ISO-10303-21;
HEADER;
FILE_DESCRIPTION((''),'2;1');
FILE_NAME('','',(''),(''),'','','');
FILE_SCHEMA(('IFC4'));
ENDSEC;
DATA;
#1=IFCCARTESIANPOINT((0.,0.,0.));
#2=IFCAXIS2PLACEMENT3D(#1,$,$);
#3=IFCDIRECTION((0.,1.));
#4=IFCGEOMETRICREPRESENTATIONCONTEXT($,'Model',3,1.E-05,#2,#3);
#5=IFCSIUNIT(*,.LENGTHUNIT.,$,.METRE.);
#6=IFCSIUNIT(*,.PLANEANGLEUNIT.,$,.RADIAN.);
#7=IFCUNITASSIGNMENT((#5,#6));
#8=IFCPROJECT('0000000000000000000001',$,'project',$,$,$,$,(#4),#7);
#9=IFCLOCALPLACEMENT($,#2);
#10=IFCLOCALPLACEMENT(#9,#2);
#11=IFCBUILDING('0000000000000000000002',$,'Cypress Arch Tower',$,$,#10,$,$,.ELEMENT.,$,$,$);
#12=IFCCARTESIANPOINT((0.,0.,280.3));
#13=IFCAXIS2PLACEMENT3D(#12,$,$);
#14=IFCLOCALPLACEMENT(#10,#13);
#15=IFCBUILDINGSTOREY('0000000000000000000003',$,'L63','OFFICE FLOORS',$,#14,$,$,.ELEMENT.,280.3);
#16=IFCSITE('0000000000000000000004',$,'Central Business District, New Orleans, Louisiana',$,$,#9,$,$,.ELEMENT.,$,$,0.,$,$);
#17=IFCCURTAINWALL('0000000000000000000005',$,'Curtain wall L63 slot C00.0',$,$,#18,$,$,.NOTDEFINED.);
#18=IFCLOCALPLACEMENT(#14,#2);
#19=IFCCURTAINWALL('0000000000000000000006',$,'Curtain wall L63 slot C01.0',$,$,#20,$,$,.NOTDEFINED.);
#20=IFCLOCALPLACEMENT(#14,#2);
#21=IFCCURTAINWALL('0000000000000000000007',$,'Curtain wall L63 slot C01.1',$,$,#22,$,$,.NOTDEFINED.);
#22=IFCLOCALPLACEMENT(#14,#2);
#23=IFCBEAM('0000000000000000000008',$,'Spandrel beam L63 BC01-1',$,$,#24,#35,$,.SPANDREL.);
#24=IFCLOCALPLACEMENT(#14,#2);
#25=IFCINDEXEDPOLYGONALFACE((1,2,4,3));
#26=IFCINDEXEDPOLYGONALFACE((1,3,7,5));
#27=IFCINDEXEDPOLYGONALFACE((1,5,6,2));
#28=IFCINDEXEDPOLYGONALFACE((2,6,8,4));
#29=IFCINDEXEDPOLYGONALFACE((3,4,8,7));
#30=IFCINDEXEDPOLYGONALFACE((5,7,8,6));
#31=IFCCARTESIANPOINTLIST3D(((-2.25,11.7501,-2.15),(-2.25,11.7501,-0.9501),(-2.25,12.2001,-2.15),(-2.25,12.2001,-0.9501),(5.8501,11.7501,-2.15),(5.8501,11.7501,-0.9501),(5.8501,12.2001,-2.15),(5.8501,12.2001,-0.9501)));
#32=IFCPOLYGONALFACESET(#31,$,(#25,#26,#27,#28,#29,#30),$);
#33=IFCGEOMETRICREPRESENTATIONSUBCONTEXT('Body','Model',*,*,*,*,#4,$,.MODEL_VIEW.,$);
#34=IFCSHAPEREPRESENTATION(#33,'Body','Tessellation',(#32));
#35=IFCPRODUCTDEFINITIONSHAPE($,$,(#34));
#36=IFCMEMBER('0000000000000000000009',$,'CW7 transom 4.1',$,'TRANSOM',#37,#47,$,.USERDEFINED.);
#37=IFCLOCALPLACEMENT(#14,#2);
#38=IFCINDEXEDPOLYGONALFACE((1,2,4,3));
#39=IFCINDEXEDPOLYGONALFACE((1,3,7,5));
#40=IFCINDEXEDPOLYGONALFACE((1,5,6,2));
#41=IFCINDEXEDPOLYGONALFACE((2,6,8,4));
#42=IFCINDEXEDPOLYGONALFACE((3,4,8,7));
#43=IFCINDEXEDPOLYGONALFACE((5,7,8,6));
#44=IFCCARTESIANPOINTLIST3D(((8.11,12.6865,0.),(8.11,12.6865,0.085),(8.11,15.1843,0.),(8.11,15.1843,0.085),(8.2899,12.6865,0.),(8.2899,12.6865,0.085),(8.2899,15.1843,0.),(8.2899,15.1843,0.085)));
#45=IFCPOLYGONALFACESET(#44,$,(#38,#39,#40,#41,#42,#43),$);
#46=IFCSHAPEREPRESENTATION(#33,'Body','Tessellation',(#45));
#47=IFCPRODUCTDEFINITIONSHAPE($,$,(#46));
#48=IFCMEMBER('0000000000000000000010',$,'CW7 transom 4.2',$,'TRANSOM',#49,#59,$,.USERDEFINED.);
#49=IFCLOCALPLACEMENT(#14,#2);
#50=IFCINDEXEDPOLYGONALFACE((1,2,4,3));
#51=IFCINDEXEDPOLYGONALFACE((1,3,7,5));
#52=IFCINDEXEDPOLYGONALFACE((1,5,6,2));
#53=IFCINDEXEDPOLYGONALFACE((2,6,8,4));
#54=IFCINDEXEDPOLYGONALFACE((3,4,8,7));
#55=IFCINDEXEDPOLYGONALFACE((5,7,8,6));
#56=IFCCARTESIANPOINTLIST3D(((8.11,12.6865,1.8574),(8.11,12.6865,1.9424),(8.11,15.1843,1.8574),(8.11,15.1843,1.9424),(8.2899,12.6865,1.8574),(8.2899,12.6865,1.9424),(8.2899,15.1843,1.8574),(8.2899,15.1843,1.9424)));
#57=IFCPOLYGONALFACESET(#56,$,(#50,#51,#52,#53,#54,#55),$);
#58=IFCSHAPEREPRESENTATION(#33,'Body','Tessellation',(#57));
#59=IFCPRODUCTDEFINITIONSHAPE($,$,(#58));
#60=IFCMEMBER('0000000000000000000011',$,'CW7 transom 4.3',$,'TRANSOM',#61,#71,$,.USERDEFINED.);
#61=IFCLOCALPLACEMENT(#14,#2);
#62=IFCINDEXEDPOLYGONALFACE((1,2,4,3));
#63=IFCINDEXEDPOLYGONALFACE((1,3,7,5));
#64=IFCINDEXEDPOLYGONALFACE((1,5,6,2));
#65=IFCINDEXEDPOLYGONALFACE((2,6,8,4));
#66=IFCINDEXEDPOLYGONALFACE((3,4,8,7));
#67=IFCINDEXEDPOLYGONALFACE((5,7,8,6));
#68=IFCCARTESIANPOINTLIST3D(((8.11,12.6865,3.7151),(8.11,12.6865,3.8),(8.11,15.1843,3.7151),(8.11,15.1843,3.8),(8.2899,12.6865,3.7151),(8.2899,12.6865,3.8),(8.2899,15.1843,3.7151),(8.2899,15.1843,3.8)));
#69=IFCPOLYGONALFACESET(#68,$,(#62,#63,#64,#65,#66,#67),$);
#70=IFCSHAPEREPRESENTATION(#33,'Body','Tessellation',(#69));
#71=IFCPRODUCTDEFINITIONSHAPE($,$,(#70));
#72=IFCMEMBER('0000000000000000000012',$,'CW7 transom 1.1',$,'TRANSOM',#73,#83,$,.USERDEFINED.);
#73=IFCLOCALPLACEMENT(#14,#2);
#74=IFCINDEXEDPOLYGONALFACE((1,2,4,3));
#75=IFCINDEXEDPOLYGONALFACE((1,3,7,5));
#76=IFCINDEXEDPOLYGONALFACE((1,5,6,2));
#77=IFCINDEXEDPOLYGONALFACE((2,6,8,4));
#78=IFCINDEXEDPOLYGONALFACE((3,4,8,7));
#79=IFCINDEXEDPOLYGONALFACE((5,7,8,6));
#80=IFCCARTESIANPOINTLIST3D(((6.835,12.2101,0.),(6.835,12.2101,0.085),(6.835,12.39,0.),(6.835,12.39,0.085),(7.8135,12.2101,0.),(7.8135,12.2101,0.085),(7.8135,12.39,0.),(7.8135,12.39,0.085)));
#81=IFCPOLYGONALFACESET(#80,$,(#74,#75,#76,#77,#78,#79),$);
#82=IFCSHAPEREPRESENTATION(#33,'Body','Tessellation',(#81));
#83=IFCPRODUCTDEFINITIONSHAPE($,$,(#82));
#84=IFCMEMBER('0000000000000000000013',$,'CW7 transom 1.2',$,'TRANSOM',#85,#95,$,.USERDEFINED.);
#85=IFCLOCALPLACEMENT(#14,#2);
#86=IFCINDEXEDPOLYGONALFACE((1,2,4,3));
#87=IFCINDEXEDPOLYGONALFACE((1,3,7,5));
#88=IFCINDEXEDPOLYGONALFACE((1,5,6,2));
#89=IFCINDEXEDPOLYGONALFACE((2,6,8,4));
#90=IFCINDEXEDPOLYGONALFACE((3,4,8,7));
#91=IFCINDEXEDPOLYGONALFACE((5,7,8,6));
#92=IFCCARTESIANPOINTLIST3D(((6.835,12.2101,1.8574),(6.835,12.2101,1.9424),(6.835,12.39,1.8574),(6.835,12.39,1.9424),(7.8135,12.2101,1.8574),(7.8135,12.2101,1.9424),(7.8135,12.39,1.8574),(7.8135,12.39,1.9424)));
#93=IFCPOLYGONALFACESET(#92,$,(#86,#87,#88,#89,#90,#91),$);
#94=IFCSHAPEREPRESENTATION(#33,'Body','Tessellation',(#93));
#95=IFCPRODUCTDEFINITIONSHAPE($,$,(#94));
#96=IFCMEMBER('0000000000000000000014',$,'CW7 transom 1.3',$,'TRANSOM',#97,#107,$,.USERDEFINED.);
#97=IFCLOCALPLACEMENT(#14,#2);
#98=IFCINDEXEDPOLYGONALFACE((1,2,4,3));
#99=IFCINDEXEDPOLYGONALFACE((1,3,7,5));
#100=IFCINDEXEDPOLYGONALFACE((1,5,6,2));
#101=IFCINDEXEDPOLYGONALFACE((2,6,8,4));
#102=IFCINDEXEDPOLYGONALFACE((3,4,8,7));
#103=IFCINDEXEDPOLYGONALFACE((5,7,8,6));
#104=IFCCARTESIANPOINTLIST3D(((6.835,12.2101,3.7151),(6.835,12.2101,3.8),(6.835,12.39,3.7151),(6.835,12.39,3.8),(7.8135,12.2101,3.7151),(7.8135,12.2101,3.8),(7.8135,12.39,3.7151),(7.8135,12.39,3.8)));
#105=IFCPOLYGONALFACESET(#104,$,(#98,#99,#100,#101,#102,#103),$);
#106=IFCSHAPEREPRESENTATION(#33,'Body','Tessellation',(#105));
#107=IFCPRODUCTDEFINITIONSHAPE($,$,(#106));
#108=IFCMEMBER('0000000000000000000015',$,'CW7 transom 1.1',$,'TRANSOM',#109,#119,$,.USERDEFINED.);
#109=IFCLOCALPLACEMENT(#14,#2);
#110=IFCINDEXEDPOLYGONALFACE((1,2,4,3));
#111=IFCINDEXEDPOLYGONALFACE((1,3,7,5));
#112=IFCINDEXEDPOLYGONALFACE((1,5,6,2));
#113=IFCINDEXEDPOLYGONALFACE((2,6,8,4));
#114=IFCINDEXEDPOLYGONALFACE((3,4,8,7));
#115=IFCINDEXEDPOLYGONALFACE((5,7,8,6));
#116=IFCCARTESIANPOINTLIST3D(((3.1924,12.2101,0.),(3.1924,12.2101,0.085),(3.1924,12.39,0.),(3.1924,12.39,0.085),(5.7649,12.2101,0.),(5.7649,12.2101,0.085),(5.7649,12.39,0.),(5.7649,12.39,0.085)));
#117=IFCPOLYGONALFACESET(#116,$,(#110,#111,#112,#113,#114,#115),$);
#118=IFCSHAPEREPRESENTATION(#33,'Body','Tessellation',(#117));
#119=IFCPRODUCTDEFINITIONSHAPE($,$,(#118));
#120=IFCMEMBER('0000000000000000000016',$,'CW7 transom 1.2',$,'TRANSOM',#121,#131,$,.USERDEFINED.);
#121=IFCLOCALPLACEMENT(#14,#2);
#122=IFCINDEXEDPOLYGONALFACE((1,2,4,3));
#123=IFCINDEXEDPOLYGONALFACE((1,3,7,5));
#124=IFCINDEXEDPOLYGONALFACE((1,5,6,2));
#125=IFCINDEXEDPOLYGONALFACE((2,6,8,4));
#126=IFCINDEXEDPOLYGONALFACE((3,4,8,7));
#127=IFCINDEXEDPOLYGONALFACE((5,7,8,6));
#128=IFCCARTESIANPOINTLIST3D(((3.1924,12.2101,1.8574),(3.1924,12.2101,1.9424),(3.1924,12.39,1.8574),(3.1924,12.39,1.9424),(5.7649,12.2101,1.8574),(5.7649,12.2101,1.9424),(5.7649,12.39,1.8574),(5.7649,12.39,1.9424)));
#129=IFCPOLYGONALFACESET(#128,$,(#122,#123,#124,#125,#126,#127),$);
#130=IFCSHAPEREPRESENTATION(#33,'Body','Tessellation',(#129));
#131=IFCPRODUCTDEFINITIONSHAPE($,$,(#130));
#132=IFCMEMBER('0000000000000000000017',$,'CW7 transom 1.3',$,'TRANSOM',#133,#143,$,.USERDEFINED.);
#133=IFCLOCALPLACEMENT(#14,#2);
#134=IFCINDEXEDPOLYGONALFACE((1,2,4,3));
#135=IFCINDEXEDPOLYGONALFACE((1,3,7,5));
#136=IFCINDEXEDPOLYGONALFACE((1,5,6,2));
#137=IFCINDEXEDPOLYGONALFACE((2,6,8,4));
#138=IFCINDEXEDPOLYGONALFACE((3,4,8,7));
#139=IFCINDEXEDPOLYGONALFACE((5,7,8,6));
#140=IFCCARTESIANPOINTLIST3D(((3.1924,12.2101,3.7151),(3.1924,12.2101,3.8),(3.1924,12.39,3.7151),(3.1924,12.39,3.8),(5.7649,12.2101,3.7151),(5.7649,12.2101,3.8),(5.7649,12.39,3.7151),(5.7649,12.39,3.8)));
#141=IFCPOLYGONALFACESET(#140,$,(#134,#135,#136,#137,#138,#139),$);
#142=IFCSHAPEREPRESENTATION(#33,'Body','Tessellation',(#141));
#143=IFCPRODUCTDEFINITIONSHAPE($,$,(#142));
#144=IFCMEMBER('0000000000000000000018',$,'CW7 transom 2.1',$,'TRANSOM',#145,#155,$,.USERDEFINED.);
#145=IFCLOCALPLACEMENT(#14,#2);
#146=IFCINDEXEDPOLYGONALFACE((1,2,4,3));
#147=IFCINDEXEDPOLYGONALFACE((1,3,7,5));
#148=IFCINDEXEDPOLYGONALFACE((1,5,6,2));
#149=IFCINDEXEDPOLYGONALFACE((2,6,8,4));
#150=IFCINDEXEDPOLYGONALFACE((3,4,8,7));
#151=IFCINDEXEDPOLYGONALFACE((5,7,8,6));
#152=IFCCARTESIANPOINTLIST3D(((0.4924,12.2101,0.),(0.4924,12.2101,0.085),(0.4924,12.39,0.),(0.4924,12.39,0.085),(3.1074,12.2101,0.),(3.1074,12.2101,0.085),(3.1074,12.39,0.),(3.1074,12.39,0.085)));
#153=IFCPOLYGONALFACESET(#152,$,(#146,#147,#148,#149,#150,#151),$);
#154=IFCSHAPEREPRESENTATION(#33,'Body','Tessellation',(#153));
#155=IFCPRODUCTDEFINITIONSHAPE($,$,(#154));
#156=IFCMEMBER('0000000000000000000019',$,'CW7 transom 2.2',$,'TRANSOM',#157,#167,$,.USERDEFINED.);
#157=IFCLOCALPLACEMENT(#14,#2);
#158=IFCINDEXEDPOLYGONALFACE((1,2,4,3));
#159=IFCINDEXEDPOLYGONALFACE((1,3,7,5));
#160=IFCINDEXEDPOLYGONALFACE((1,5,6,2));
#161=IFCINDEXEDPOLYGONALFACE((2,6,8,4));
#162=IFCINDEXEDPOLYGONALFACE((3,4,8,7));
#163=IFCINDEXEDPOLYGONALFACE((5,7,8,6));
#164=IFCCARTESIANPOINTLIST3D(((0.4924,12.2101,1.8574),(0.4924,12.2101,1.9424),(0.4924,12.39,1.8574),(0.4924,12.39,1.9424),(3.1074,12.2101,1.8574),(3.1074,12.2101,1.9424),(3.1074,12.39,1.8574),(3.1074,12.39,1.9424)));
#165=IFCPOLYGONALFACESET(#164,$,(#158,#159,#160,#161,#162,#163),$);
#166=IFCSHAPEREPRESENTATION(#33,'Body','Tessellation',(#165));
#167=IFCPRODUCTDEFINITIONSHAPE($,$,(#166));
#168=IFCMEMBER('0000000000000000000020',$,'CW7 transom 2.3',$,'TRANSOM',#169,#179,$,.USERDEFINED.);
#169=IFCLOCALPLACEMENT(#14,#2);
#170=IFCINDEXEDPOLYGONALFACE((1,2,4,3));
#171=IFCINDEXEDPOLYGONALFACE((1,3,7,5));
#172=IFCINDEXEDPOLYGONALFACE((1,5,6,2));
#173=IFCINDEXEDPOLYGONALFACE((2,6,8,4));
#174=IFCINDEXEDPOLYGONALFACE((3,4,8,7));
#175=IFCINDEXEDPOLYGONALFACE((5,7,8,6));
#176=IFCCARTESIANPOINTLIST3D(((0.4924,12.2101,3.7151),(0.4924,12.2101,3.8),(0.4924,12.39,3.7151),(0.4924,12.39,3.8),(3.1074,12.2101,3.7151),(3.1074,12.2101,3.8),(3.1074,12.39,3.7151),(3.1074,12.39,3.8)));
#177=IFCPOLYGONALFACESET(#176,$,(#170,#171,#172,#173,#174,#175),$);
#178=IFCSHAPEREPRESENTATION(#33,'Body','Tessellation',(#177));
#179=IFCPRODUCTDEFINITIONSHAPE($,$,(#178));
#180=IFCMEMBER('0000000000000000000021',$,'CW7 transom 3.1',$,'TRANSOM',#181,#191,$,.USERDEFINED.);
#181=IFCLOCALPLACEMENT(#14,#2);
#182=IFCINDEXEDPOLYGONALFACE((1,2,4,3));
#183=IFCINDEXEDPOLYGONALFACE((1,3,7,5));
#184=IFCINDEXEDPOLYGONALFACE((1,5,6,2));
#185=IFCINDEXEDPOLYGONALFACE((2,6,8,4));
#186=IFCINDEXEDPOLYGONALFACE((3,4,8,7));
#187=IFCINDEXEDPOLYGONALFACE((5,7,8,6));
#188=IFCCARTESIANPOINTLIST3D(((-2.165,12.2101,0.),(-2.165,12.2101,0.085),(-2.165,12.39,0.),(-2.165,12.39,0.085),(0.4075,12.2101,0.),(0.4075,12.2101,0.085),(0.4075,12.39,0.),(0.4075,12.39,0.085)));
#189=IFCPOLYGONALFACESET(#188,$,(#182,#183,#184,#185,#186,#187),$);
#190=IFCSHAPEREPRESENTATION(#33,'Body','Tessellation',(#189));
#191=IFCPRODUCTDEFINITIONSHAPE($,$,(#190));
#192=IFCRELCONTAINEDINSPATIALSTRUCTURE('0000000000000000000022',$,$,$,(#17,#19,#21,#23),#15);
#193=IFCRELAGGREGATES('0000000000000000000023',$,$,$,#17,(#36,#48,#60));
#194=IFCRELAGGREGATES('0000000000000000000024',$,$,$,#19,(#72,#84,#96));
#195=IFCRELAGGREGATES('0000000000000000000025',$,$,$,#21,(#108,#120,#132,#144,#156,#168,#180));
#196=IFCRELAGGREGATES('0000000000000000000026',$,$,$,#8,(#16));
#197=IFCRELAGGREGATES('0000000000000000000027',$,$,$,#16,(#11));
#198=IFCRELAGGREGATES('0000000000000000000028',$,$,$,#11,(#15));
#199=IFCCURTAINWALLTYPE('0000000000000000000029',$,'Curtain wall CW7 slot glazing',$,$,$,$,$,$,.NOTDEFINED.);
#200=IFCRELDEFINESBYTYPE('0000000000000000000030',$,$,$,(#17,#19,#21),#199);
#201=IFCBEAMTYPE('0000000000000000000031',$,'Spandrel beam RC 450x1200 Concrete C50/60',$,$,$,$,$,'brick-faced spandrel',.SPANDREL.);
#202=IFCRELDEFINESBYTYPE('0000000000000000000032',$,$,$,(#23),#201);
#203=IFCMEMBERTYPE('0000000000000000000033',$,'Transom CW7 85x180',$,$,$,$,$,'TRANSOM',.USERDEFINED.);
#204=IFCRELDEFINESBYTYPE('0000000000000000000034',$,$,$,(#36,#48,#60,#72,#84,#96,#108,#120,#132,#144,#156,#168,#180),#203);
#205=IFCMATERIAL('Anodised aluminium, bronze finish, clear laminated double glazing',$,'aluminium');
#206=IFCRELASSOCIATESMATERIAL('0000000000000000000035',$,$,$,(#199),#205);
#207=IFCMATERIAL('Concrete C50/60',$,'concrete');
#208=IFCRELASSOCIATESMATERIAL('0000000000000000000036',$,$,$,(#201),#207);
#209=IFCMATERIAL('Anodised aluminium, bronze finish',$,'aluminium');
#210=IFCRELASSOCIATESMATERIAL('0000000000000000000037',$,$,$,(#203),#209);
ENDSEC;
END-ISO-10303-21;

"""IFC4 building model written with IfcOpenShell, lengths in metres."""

from ifc_helpers import new_model, si_unit, direction, frame, origin, origin_2d, place, context, subcontext, project, spatial, rectangle, extrude, material, material_profile, profile_set, type_object, element, aggregate, save


model = new_model("IFC4")

# Units and contexts
model_context = context("Model", 3, precision=1e-05, world=origin(), true_north=direction((0.0, 1.0)))
body_context = subcontext(model_context, "Body", "Model", "MODEL_VIEW")
ifc_project = project(units=[si_unit("LENGTHUNIT", "METRE"), si_unit("PLANEANGLEUNIT", "RADIAN")], contexts=[model_context])

# Site, building, storey
site_placement = place(None, origin())
site = spatial("IfcSite", under=ifc_project, at=site_placement, Name="Central Business District, New Orleans, Louisiana", CompositionType="ELEMENT", RefElevation=0.0)
building_placement = place(site_placement, origin())
building = spatial("IfcBuilding", under=site, at=building_placement, Name="Cypress Arch Tower", CompositionType="ELEMENT")
storey_placement = place(building_placement, frame((0.0, 0.0, 280.3)))
storey = spatial("IfcBuildingStorey", under=building, at=storey_placement, Name="L63", Description="OFFICE FLOORS", CompositionType="ELEMENT", Elevation=280.3)

# Curtain walls
ifc_material_1 = material(Name="Anodised aluminium, bronze finish, clear laminated double glazing", Category="aluminium")
curtain_wall_type = type_object("IfcCurtainWallType", Name="Curtain wall CW7 slot glazing", PredefinedType="NOTDEFINED", material=ifc_material_1)
curtain_wall_1_placement = place(storey_placement, origin())
curtain_wall_1 = element("IfcCurtainWall", 1, at=curtain_wall_1_placement, inside=storey, type_object=curtain_wall_type, Name="Curtain wall L63 slot C00.0", PredefinedType="NOTDEFINED")
curtain_wall_2_placement = place(storey_placement, origin())
curtain_wall_2 = element("IfcCurtainWall", 2, at=curtain_wall_2_placement, inside=storey, type_object=curtain_wall_type, Name="Curtain wall L63 slot C01.0", PredefinedType="NOTDEFINED")
curtain_wall_3_placement = place(storey_placement, origin())
curtain_wall_3 = element("IfcCurtainWall", 3, at=curtain_wall_3_placement, inside=storey, type_object=curtain_wall_type, Name="Curtain wall L63 slot C01.1", PredefinedType="NOTDEFINED")

# Beam
ifc_material_2 = material(Name="Concrete C50/60", Category="concrete")
ifc_material_profile_1 = material_profile(ifc_material_2, rectangle(XDim=0.45, YDim=1.2, at=origin_2d()), Name="RC 450x1200")
ifc_profile_set_1 = profile_set([ifc_material_profile_1], Name="Concrete C50/60")
beam_type_1 = type_object("IfcBeamType", Name="Spandrel beam RC 450x1200 Concrete C50/60", ElementType="brick-faced spandrel", PredefinedType="SPANDREL", material=ifc_profile_set_1)
beam_1_placement = place(storey_placement, frame((5.8501, 11.9751, -1.55), z_axis=(-1.0, 0.0, 0.0), x_axis=(0.0, -1.0, 0.0)))
element("IfcBeam", 4, at=beam_1_placement, inside=storey, type_object=beam_type_1, Name="Spandrel beam L63 BC01-1", PredefinedType="SPANDREL", context=body_context, shape_type="SweptSolid", body=[
    extrude(rectangle(XDim=0.45, YDim=1.2, at=origin_2d()), origin(), (0.0, 0.0, 1.0), 8.1001),
])

# Members
ifc_material_3 = material(Name="Anodised aluminium, bronze finish", Category="aluminium")
ifc_material_profile_2 = material_profile(ifc_material_3, rectangle(XDim=0.1799, YDim=0.085, at=origin_2d()), Name="Transom 85x180")
ifc_profile_set_2 = profile_set([ifc_material_profile_2], Name="Anodised aluminium, bronze finish")
member_type_1 = type_object("IfcMemberType", Name="Transom CW7 85x180", ElementType="TRANSOM", PredefinedType="USERDEFINED", material=ifc_profile_set_2)
member_1_placement = place(storey_placement, frame((8.2, 15.1843, 0.0425), z_axis=(0.0, -1.0, 0.0), x_axis=(1.0, 0.0, 0.0)))
member_1 = element("IfcMember", 5, at=member_1_placement, type_object=member_type_1, Name="CW7 transom 4.1", ObjectType="TRANSOM", PredefinedType="USERDEFINED", context=body_context, shape_type="SweptSolid", body=[
    extrude(rectangle(XDim=0.1799, YDim=0.085, at=origin_2d()), origin(), (0.0, 0.0, 1.0), 2.4978),
])
member_2_placement = place(storey_placement, frame((8.2, 15.1843, 1.8999), z_axis=(0.0, -1.0, 0.0), x_axis=(1.0, 0.0, 0.0)))
member_2 = element("IfcMember", 6, at=member_2_placement, type_object=member_type_1, Name="CW7 transom 4.2", ObjectType="TRANSOM", PredefinedType="USERDEFINED", context=body_context, shape_type="SweptSolid", body=[
    extrude(rectangle(XDim=0.1799, YDim=0.085, at=origin_2d()), origin(), (0.0, 0.0, 1.0), 2.4978),
])
member_3_placement = place(storey_placement, frame((8.2, 15.1843, 3.7576), z_axis=(0.0, -1.0, 0.0), x_axis=(1.0, 0.0, 0.0)))
member_3 = element("IfcMember", 7, at=member_3_placement, type_object=member_type_1, Name="CW7 transom 4.3", ObjectType="TRANSOM", PredefinedType="USERDEFINED", context=body_context, shape_type="SweptSolid", body=[
    extrude(rectangle(XDim=0.1799, YDim=0.085, at=origin_2d()), origin(), (0.0, 0.0, 1.0), 2.4978),
])
member_4_placement = place(storey_placement, frame((7.8135, 12.3, 0.0425), z_axis=(-1.0, 0.0, 0.0), x_axis=(0.0, -1.0, 0.0)))
member_4 = element("IfcMember", 8, at=member_4_placement, type_object=member_type_1, Name="CW7 transom 1.1", ObjectType="TRANSOM", PredefinedType="USERDEFINED", context=body_context, shape_type="SweptSolid", body=[
    extrude(rectangle(XDim=0.1799, YDim=0.085, at=origin_2d()), origin(), (0.0, 0.0, 1.0), 0.9785),
])
member_5_placement = place(storey_placement, frame((7.8135, 12.3, 1.8999), z_axis=(-1.0, 0.0, 0.0), x_axis=(0.0, -1.0, 0.0)))
member_5 = element("IfcMember", 9, at=member_5_placement, type_object=member_type_1, Name="CW7 transom 1.2", ObjectType="TRANSOM", PredefinedType="USERDEFINED", context=body_context, shape_type="SweptSolid", body=[
    extrude(rectangle(XDim=0.1799, YDim=0.085, at=origin_2d()), origin(), (0.0, 0.0, 1.0), 0.9785),
])
member_6_placement = place(storey_placement, frame((7.8135, 12.3, 3.7576), z_axis=(-1.0, 0.0, 0.0), x_axis=(0.0, -1.0, 0.0)))
member_6 = element("IfcMember", 10, at=member_6_placement, type_object=member_type_1, Name="CW7 transom 1.3", ObjectType="TRANSOM", PredefinedType="USERDEFINED", context=body_context, shape_type="SweptSolid", body=[
    extrude(rectangle(XDim=0.1799, YDim=0.085, at=origin_2d()), origin(), (0.0, 0.0, 1.0), 0.9785),
])
member_7_placement = place(storey_placement, frame((5.7649, 12.3, 0.0425), z_axis=(-1.0, 0.0, 0.0), x_axis=(0.0, -1.0, 0.0)))
member_7 = element("IfcMember", 11, at=member_7_placement, type_object=member_type_1, Name="CW7 transom 1.1", ObjectType="TRANSOM", PredefinedType="USERDEFINED", context=body_context, shape_type="SweptSolid", body=[
    extrude(rectangle(XDim=0.1799, YDim=0.085, at=origin_2d()), origin(), (0.0, 0.0, 1.0), 2.5725),
])
member_8_placement = place(storey_placement, frame((5.7649, 12.3, 1.8999), z_axis=(-1.0, 0.0, 0.0), x_axis=(0.0, -1.0, 0.0)))
member_8 = element("IfcMember", 12, at=member_8_placement, type_object=member_type_1, Name="CW7 transom 1.2", ObjectType="TRANSOM", PredefinedType="USERDEFINED", context=body_context, shape_type="SweptSolid", body=[
    extrude(rectangle(XDim=0.1799, YDim=0.085, at=origin_2d()), origin(), (0.0, 0.0, 1.0), 2.5725),
])
member_9_placement = place(storey_placement, frame((5.7649, 12.3, 3.7576), z_axis=(-1.0, 0.0, 0.0), x_axis=(0.0, -1.0, 0.0)))
member_9 = element("IfcMember", 13, at=member_9_placement, type_object=member_type_1, Name="CW7 transom 1.3", ObjectType="TRANSOM", PredefinedType="USERDEFINED", context=body_context, shape_type="SweptSolid", body=[
    extrude(rectangle(XDim=0.1799, YDim=0.085, at=origin_2d()), origin(), (0.0, 0.0, 1.0), 2.5725),
])
member_10_placement = place(storey_placement, frame((3.1074, 12.3, 0.0425), z_axis=(-1.0, 0.0, 0.0), x_axis=(0.0, -1.0, 0.0)))
member_10 = element("IfcMember", 14, at=member_10_placement, type_object=member_type_1, Name="CW7 transom 2.1", ObjectType="TRANSOM", PredefinedType="USERDEFINED", context=body_context, shape_type="SweptSolid", body=[
    extrude(rectangle(XDim=0.1799, YDim=0.085, at=origin_2d()), origin(), (0.0, 0.0, 1.0), 2.615),
])
member_11_placement = place(storey_placement, frame((3.1074, 12.3, 1.8999), z_axis=(-1.0, 0.0, 0.0), x_axis=(0.0, -1.0, 0.0)))
member_11 = element("IfcMember", 15, at=member_11_placement, type_object=member_type_1, Name="CW7 transom 2.2", ObjectType="TRANSOM", PredefinedType="USERDEFINED", context=body_context, shape_type="SweptSolid", body=[
    extrude(rectangle(XDim=0.1799, YDim=0.085, at=origin_2d()), origin(), (0.0, 0.0, 1.0), 2.615),
])
member_12_placement = place(storey_placement, frame((3.1074, 12.3, 3.7576), z_axis=(-1.0, 0.0, 0.0), x_axis=(0.0, -1.0, 0.0)))
member_12 = element("IfcMember", 16, at=member_12_placement, type_object=member_type_1, Name="CW7 transom 2.3", ObjectType="TRANSOM", PredefinedType="USERDEFINED", context=body_context, shape_type="SweptSolid", body=[
    extrude(rectangle(XDim=0.1799, YDim=0.085, at=origin_2d()), origin(), (0.0, 0.0, 1.0), 2.615),
])
member_13_placement = place(storey_placement, frame((0.4075, 12.3, 0.0425), z_axis=(-1.0, 0.0, 0.0), x_axis=(0.0, -1.0, 0.0)))
member_13 = element("IfcMember", 17, at=member_13_placement, type_object=member_type_1, Name="CW7 transom 3.1", ObjectType="TRANSOM", PredefinedType="USERDEFINED", context=body_context, shape_type="SweptSolid", body=[
    extrude(rectangle(XDim=0.1799, YDim=0.085, at=origin_2d()), origin(), (0.0, 0.0, 1.0), 2.5725),
])

aggregate(curtain_wall_1, [member_1, member_2, member_3])
aggregate(curtain_wall_2, [member_4, member_5, member_6])
aggregate(curtain_wall_3, [member_7, member_8, member_9, member_10, member_11, member_12, member_13])

save(model, "model.ifc")
